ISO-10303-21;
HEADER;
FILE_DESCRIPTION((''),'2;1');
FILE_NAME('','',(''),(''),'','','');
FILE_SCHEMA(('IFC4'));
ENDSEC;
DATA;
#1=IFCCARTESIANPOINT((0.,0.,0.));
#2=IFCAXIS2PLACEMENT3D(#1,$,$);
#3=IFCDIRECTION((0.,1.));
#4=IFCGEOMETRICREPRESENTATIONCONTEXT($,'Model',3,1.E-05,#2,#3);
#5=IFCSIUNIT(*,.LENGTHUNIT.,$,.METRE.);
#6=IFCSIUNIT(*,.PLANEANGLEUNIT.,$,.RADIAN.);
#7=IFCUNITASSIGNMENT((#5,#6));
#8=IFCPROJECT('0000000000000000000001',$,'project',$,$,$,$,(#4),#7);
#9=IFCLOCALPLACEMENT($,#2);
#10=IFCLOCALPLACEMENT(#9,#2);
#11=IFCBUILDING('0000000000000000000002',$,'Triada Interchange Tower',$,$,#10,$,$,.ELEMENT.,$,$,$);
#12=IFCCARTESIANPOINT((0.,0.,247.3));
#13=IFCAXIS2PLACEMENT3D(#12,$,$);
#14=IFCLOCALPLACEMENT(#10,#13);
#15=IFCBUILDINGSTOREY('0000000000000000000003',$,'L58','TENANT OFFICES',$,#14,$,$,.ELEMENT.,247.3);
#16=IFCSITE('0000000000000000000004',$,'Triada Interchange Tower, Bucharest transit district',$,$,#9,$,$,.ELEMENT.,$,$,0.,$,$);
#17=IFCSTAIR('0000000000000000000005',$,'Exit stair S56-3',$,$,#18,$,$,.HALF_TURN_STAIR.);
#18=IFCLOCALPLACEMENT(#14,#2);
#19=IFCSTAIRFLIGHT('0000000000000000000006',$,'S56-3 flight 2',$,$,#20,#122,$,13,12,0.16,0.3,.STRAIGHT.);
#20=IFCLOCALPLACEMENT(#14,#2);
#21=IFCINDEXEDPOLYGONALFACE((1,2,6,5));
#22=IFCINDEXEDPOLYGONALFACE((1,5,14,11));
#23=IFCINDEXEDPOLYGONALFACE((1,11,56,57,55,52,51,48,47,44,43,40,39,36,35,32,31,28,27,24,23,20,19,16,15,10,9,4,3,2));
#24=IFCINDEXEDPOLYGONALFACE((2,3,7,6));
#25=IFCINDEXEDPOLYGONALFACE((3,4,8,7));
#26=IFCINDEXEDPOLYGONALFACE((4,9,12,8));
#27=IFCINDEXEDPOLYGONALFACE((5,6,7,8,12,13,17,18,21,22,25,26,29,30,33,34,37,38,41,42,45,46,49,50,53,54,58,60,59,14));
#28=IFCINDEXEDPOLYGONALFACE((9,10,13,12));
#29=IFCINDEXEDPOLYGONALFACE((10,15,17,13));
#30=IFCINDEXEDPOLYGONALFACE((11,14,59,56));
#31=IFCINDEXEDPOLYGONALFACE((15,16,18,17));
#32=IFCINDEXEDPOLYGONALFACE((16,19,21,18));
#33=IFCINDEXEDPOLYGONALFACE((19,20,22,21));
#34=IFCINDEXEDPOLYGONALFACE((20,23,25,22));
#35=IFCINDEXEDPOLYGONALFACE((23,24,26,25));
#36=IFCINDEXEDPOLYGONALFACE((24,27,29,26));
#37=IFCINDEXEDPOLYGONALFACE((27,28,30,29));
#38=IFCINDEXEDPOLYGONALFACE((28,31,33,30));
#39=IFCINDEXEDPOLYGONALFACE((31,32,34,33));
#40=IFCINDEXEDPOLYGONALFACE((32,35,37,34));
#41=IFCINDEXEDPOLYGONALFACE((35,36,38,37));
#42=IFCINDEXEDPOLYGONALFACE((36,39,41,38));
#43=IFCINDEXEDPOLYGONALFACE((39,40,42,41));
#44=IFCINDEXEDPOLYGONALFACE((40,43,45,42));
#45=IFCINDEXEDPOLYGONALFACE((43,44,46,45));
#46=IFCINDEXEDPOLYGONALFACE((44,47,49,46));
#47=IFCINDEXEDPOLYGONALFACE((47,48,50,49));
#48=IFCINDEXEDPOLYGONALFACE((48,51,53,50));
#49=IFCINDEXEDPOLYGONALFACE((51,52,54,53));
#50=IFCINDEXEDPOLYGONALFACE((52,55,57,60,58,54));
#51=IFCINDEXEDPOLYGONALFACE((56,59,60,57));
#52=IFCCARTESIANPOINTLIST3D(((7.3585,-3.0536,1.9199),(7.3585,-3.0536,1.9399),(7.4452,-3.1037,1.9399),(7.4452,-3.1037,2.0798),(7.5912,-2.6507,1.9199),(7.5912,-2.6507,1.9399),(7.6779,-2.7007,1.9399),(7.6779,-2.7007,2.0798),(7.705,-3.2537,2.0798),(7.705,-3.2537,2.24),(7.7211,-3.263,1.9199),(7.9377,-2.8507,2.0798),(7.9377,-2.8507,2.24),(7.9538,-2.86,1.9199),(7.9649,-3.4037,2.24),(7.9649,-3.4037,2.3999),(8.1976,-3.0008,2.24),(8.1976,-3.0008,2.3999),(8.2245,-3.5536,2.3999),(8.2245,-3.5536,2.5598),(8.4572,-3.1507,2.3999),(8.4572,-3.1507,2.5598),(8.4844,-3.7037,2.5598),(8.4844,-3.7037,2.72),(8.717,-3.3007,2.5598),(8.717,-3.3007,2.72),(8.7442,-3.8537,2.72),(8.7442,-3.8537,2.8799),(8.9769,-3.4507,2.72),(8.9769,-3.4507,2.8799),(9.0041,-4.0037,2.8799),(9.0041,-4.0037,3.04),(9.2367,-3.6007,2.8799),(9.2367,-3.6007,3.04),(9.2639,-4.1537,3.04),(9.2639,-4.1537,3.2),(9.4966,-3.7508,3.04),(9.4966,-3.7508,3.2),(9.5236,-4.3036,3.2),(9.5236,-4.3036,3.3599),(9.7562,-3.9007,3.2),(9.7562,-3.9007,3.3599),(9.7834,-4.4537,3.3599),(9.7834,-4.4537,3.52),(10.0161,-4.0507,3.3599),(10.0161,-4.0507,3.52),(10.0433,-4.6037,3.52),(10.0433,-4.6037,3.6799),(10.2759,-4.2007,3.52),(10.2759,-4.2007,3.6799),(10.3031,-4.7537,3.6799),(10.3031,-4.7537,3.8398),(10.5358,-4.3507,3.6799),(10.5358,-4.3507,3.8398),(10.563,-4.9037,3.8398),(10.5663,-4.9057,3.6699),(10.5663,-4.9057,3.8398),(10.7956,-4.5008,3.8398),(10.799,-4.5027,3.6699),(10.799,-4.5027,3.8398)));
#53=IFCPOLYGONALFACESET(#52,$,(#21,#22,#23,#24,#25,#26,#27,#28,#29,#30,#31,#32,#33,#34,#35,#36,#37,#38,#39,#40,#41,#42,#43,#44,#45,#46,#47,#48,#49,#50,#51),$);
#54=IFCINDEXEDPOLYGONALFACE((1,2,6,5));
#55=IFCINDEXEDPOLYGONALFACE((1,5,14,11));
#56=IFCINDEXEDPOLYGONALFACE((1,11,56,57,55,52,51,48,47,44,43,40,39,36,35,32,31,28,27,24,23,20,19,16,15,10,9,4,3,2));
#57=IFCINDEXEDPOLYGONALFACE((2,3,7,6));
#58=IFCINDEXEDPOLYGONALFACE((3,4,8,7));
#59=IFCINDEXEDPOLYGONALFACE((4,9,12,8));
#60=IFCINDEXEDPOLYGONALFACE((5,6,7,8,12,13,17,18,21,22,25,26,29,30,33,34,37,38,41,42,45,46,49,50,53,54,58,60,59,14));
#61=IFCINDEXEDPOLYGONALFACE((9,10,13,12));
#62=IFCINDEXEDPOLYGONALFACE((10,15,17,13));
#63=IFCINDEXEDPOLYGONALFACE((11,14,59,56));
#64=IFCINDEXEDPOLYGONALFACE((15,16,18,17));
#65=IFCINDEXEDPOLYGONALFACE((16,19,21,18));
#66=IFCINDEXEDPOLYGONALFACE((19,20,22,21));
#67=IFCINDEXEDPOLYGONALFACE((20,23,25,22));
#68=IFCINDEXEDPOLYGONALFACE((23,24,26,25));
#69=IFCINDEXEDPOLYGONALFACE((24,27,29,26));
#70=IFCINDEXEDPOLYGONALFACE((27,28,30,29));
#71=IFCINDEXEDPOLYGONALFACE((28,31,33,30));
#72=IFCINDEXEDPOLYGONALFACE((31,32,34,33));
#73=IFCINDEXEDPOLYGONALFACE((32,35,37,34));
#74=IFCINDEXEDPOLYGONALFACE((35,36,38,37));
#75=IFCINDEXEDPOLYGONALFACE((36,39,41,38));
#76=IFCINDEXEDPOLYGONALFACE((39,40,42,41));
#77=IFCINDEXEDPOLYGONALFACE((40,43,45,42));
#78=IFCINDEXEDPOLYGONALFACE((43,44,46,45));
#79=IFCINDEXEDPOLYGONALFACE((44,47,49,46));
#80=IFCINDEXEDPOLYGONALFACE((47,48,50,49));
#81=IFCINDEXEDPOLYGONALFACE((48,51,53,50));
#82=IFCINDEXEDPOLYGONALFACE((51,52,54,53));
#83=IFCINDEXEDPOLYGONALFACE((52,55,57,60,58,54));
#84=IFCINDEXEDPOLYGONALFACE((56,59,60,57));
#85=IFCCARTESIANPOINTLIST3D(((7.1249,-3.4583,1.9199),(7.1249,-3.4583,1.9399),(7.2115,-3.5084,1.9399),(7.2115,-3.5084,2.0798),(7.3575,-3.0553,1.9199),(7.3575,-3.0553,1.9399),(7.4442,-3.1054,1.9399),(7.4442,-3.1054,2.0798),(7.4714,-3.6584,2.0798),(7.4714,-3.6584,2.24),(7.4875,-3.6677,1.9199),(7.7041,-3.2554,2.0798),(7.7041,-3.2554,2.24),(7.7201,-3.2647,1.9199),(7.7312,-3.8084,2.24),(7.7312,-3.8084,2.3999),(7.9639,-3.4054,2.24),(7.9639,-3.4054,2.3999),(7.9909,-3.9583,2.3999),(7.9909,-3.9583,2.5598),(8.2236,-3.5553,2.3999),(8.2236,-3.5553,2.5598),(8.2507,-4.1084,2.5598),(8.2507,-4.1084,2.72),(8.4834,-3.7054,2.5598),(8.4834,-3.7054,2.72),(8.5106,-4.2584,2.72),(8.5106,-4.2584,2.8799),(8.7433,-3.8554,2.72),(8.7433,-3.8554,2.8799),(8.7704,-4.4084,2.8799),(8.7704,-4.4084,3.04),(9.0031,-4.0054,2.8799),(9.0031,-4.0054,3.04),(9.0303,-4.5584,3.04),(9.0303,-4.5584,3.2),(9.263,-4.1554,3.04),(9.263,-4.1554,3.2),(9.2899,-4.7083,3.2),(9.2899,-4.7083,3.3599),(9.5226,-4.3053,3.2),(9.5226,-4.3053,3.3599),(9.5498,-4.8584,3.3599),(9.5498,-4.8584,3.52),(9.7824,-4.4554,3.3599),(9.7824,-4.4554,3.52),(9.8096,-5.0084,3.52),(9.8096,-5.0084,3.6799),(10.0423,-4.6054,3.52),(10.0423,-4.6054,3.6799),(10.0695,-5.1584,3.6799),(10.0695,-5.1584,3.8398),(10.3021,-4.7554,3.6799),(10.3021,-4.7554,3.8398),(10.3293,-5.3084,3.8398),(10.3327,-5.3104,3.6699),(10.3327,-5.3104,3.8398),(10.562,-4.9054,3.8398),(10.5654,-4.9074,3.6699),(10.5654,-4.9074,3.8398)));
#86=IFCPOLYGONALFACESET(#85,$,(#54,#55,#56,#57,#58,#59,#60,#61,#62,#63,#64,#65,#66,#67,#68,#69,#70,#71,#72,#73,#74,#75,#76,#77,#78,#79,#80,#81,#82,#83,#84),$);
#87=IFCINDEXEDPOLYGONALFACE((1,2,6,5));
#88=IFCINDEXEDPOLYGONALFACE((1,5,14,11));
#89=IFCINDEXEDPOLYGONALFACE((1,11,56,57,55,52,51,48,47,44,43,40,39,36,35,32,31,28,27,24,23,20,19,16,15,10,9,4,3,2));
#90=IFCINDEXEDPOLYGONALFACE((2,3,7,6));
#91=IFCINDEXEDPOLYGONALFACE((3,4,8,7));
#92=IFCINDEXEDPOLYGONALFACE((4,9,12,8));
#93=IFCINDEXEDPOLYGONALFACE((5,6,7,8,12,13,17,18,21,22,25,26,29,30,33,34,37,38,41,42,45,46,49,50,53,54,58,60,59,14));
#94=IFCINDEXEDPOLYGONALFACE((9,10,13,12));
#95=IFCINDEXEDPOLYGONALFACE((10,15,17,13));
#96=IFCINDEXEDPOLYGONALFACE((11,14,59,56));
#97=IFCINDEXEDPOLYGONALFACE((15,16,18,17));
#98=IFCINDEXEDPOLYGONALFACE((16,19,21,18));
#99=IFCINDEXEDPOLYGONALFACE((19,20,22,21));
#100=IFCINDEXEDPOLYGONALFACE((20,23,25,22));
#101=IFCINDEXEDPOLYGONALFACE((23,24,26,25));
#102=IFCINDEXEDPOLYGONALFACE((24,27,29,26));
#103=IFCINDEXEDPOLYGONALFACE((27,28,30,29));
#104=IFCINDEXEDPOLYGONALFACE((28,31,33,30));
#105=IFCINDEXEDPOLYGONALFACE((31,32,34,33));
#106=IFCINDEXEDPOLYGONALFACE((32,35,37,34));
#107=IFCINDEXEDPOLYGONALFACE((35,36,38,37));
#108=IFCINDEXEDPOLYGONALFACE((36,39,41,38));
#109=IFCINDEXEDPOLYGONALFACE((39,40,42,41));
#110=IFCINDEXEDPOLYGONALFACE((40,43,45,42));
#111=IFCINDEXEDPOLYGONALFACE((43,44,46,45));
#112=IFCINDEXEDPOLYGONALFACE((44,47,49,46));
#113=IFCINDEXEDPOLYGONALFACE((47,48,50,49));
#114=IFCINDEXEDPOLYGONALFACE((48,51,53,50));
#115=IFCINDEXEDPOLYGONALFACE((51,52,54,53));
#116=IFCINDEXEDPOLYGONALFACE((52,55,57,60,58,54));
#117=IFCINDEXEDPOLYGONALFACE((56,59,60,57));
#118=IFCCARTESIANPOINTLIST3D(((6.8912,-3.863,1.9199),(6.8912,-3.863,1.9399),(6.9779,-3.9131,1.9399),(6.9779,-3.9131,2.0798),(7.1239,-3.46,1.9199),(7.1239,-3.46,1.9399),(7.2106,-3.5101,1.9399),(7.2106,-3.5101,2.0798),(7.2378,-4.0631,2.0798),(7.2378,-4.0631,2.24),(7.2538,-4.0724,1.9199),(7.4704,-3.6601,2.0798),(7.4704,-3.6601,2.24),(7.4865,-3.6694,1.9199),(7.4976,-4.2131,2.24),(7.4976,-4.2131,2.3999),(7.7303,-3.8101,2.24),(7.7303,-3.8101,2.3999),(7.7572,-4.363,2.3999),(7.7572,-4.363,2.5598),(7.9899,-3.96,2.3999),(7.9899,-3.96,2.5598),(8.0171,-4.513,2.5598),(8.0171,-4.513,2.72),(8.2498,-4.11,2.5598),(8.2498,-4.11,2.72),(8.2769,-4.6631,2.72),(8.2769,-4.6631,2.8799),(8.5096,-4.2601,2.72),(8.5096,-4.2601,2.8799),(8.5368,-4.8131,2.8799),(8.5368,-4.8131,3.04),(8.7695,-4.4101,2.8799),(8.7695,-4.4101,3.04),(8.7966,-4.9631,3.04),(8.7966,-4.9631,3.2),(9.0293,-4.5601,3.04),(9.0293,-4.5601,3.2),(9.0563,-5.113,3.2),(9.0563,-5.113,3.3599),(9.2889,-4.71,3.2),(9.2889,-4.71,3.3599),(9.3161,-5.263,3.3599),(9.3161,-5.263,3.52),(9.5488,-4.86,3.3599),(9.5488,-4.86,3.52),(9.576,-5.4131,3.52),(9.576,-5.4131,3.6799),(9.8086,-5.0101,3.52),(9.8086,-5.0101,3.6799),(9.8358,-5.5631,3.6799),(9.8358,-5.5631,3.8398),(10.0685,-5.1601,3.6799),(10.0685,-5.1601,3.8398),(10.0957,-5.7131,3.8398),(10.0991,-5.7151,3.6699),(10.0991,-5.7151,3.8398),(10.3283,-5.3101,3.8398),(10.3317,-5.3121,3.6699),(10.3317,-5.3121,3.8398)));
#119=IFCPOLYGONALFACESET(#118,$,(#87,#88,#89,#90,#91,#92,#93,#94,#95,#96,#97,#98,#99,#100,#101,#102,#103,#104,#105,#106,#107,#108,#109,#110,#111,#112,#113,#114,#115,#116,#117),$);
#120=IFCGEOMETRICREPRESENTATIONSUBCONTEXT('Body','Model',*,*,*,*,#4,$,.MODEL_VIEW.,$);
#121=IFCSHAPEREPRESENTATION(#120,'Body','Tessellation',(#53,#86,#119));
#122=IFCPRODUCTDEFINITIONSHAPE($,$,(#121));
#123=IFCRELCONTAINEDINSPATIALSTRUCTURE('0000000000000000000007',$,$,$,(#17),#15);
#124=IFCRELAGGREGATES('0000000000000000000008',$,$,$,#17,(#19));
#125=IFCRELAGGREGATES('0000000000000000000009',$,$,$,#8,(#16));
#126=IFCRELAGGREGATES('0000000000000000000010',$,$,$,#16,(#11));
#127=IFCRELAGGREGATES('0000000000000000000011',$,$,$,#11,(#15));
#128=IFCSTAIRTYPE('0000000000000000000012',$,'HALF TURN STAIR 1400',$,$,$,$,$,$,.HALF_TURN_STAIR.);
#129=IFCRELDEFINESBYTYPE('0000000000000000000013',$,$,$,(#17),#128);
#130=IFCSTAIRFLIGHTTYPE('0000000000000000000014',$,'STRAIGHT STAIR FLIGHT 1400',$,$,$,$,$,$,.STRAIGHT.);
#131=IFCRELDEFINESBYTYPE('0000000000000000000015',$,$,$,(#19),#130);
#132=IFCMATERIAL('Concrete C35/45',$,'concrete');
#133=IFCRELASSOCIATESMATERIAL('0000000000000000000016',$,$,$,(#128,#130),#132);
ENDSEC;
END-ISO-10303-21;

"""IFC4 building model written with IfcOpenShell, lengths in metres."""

from ifc_helpers import new_model, si_unit, direction, frame, origin, place, context, subcontext, project, spatial, polyline, outline, extrude, material, type_object, element, aggregate, save


model = new_model("IFC4")

# Units and contexts
model_context = context("Model", 3, precision=1e-05, world=origin(), true_north=direction((0.0, 1.0)))
body_context = subcontext(model_context, "Body", "Model", "MODEL_VIEW")
ifc_project = project(units=[si_unit("LENGTHUNIT", "METRE"), si_unit("PLANEANGLEUNIT", "RADIAN")], contexts=[model_context])

# Site, building, storey
site_placement = place(None, origin())
site = spatial("IfcSite", under=ifc_project, at=site_placement, Name="Triada Interchange Tower, Bucharest transit district", CompositionType="ELEMENT", RefElevation=0.0)
building_placement = place(site_placement, origin())
building = spatial("IfcBuilding", under=site, at=building_placement, Name="Triada Interchange Tower", CompositionType="ELEMENT")
storey_placement = place(building_placement, frame((0.0, 0.0, 247.3)))
storey = spatial("IfcBuildingStorey", under=building, at=storey_placement, Name="L58", Description="TENANT OFFICES", CompositionType="ELEMENT", Elevation=247.3)

# Stair, stair flight
ifc_material_1 = material(Name="Concrete C35/45", Category="concrete")
stair_type = type_object("IfcStairType", Name="HALF TURN STAIR 1400", PredefinedType="HALF_TURN_STAIR", material=ifc_material_1)
stair_placement = place(storey_placement, origin())
stair = element("IfcStair", 1, at=stair_placement, inside=storey, type_object=stair_type, Name="Exit stair S56-3", PredefinedType="HALF_TURN_STAIR")
stair_flight_type = type_object("IfcStairFlightType", Name="STRAIGHT STAIR FLIGHT 1400", PredefinedType="STRAIGHT", material=ifc_material_1)
stair_flight_1_placement = place(storey_placement, frame((7.3279, -3.3069, 1.9199), z_axis=(0.0, 0.0, 1.0), x_axis=(0.866025, -0.5, 0.0)))
stair_flight_1 = element("IfcStairFlight", 2, at=stair_flight_1_placement, type_object=stair_flight_type, Name="S56-3 flight 2", NumberOfRisers=13, NumberOfTreads=12, PredefinedType="STRAIGHT", RiserHeight=0.16, TreadLength=0.3, context=body_context, shape_type="SweptSolid", body=[
    extrude(outline(polyline([(-0.1001, 0.0), (-0.1001, 0.02), (0.0, 0.02), (0.0, 0.1599), (0.3, 0.1599), (0.3, 0.3201), (0.6001, 0.3201), (0.6001, 0.48), (0.8999, 0.48), (0.8999, 0.6399), (1.2, 0.6399), (1.2, 0.8), (1.5, 0.8), (1.5, 0.96), (1.8, 0.96), (1.8, 1.1201), (2.1001, 1.1201), (2.1001, 1.28), (2.3999, 1.28), (2.3999, 1.4399), (2.7, 1.4399), (2.7, 1.6001), (3.0, 1.6001), (3.0, 1.76), (3.3, 1.76), (3.3, 1.9199), (3.6001, 1.9199), (3.604, 1.9199), (3.604, 2.0801), (3.604, 1.75), (0.3186, 0.0), (-0.1001, 0.0)])), frame((0.0, 0.7, 0.0), z_axis=(0.0, -1.0, 0.0), x_axis=(1.0, 0.0, 0.0)), (0.0, 0.0, 1.0), 0.4653),
    extrude(outline(polyline([(-0.1001, 0.0), (-0.1001, 0.02), (0.0, 0.02), (0.0, 0.1599), (0.3, 0.1599), (0.3, 0.3201), (0.6001, 0.3201), (0.6001, 0.48), (0.8999, 0.48), (0.8999, 0.6399), (1.2, 0.6399), (1.2, 0.8), (1.5, 0.8), (1.5, 0.96), (1.8, 0.96), (1.8, 1.1201), (2.1001, 1.1201), (2.1001, 1.28), (2.3999, 1.28), (2.3999, 1.4399), (2.7, 1.4399), (2.7, 1.6001), (3.0, 1.6001), (3.0, 1.76), (3.3, 1.76), (3.3, 1.9199), (3.6001, 1.9199), (3.604, 1.9199), (3.604, 2.0801), (3.604, 1.75), (0.3186, 0.0), (-0.1001, 0.0)])), frame((0.0, 0.2327, 0.0), z_axis=(0.0, -1.0, 0.0), x_axis=(1.0, 0.0, 0.0)), (0.0, 0.0, 1.0), 0.4653),
    extrude(outline(polyline([(-0.1001, 0.0), (-0.1001, 0.02), (0.0, 0.02), (0.0, 0.1599), (0.3, 0.1599), (0.3, 0.3201), (0.6001, 0.3201), (0.6001, 0.48), (0.8999, 0.48), (0.8999, 0.6399), (1.2, 0.6399), (1.2, 0.8), (1.5, 0.8), (1.5, 0.96), (1.8, 0.96), (1.8, 1.1201), (2.1001, 1.1201), (2.1001, 1.28), (2.3999, 1.28), (2.3999, 1.4399), (2.7, 1.4399), (2.7, 1.6001), (3.0, 1.6001), (3.0, 1.76), (3.3, 1.76), (3.3, 1.9199), (3.6001, 1.9199), (3.604, 1.9199), (3.604, 2.0801), (3.604, 1.75), (0.3186, 0.0), (-0.1001, 0.0)])), frame((0.0, -0.2346, 0.0), z_axis=(0.0, -1.0, 0.0), x_axis=(1.0, 0.0, 0.0)), (0.0, 0.0, 1.0), 0.4653),
])
aggregate(stair, [stair_flight_1])

save(model, "model.ifc")
